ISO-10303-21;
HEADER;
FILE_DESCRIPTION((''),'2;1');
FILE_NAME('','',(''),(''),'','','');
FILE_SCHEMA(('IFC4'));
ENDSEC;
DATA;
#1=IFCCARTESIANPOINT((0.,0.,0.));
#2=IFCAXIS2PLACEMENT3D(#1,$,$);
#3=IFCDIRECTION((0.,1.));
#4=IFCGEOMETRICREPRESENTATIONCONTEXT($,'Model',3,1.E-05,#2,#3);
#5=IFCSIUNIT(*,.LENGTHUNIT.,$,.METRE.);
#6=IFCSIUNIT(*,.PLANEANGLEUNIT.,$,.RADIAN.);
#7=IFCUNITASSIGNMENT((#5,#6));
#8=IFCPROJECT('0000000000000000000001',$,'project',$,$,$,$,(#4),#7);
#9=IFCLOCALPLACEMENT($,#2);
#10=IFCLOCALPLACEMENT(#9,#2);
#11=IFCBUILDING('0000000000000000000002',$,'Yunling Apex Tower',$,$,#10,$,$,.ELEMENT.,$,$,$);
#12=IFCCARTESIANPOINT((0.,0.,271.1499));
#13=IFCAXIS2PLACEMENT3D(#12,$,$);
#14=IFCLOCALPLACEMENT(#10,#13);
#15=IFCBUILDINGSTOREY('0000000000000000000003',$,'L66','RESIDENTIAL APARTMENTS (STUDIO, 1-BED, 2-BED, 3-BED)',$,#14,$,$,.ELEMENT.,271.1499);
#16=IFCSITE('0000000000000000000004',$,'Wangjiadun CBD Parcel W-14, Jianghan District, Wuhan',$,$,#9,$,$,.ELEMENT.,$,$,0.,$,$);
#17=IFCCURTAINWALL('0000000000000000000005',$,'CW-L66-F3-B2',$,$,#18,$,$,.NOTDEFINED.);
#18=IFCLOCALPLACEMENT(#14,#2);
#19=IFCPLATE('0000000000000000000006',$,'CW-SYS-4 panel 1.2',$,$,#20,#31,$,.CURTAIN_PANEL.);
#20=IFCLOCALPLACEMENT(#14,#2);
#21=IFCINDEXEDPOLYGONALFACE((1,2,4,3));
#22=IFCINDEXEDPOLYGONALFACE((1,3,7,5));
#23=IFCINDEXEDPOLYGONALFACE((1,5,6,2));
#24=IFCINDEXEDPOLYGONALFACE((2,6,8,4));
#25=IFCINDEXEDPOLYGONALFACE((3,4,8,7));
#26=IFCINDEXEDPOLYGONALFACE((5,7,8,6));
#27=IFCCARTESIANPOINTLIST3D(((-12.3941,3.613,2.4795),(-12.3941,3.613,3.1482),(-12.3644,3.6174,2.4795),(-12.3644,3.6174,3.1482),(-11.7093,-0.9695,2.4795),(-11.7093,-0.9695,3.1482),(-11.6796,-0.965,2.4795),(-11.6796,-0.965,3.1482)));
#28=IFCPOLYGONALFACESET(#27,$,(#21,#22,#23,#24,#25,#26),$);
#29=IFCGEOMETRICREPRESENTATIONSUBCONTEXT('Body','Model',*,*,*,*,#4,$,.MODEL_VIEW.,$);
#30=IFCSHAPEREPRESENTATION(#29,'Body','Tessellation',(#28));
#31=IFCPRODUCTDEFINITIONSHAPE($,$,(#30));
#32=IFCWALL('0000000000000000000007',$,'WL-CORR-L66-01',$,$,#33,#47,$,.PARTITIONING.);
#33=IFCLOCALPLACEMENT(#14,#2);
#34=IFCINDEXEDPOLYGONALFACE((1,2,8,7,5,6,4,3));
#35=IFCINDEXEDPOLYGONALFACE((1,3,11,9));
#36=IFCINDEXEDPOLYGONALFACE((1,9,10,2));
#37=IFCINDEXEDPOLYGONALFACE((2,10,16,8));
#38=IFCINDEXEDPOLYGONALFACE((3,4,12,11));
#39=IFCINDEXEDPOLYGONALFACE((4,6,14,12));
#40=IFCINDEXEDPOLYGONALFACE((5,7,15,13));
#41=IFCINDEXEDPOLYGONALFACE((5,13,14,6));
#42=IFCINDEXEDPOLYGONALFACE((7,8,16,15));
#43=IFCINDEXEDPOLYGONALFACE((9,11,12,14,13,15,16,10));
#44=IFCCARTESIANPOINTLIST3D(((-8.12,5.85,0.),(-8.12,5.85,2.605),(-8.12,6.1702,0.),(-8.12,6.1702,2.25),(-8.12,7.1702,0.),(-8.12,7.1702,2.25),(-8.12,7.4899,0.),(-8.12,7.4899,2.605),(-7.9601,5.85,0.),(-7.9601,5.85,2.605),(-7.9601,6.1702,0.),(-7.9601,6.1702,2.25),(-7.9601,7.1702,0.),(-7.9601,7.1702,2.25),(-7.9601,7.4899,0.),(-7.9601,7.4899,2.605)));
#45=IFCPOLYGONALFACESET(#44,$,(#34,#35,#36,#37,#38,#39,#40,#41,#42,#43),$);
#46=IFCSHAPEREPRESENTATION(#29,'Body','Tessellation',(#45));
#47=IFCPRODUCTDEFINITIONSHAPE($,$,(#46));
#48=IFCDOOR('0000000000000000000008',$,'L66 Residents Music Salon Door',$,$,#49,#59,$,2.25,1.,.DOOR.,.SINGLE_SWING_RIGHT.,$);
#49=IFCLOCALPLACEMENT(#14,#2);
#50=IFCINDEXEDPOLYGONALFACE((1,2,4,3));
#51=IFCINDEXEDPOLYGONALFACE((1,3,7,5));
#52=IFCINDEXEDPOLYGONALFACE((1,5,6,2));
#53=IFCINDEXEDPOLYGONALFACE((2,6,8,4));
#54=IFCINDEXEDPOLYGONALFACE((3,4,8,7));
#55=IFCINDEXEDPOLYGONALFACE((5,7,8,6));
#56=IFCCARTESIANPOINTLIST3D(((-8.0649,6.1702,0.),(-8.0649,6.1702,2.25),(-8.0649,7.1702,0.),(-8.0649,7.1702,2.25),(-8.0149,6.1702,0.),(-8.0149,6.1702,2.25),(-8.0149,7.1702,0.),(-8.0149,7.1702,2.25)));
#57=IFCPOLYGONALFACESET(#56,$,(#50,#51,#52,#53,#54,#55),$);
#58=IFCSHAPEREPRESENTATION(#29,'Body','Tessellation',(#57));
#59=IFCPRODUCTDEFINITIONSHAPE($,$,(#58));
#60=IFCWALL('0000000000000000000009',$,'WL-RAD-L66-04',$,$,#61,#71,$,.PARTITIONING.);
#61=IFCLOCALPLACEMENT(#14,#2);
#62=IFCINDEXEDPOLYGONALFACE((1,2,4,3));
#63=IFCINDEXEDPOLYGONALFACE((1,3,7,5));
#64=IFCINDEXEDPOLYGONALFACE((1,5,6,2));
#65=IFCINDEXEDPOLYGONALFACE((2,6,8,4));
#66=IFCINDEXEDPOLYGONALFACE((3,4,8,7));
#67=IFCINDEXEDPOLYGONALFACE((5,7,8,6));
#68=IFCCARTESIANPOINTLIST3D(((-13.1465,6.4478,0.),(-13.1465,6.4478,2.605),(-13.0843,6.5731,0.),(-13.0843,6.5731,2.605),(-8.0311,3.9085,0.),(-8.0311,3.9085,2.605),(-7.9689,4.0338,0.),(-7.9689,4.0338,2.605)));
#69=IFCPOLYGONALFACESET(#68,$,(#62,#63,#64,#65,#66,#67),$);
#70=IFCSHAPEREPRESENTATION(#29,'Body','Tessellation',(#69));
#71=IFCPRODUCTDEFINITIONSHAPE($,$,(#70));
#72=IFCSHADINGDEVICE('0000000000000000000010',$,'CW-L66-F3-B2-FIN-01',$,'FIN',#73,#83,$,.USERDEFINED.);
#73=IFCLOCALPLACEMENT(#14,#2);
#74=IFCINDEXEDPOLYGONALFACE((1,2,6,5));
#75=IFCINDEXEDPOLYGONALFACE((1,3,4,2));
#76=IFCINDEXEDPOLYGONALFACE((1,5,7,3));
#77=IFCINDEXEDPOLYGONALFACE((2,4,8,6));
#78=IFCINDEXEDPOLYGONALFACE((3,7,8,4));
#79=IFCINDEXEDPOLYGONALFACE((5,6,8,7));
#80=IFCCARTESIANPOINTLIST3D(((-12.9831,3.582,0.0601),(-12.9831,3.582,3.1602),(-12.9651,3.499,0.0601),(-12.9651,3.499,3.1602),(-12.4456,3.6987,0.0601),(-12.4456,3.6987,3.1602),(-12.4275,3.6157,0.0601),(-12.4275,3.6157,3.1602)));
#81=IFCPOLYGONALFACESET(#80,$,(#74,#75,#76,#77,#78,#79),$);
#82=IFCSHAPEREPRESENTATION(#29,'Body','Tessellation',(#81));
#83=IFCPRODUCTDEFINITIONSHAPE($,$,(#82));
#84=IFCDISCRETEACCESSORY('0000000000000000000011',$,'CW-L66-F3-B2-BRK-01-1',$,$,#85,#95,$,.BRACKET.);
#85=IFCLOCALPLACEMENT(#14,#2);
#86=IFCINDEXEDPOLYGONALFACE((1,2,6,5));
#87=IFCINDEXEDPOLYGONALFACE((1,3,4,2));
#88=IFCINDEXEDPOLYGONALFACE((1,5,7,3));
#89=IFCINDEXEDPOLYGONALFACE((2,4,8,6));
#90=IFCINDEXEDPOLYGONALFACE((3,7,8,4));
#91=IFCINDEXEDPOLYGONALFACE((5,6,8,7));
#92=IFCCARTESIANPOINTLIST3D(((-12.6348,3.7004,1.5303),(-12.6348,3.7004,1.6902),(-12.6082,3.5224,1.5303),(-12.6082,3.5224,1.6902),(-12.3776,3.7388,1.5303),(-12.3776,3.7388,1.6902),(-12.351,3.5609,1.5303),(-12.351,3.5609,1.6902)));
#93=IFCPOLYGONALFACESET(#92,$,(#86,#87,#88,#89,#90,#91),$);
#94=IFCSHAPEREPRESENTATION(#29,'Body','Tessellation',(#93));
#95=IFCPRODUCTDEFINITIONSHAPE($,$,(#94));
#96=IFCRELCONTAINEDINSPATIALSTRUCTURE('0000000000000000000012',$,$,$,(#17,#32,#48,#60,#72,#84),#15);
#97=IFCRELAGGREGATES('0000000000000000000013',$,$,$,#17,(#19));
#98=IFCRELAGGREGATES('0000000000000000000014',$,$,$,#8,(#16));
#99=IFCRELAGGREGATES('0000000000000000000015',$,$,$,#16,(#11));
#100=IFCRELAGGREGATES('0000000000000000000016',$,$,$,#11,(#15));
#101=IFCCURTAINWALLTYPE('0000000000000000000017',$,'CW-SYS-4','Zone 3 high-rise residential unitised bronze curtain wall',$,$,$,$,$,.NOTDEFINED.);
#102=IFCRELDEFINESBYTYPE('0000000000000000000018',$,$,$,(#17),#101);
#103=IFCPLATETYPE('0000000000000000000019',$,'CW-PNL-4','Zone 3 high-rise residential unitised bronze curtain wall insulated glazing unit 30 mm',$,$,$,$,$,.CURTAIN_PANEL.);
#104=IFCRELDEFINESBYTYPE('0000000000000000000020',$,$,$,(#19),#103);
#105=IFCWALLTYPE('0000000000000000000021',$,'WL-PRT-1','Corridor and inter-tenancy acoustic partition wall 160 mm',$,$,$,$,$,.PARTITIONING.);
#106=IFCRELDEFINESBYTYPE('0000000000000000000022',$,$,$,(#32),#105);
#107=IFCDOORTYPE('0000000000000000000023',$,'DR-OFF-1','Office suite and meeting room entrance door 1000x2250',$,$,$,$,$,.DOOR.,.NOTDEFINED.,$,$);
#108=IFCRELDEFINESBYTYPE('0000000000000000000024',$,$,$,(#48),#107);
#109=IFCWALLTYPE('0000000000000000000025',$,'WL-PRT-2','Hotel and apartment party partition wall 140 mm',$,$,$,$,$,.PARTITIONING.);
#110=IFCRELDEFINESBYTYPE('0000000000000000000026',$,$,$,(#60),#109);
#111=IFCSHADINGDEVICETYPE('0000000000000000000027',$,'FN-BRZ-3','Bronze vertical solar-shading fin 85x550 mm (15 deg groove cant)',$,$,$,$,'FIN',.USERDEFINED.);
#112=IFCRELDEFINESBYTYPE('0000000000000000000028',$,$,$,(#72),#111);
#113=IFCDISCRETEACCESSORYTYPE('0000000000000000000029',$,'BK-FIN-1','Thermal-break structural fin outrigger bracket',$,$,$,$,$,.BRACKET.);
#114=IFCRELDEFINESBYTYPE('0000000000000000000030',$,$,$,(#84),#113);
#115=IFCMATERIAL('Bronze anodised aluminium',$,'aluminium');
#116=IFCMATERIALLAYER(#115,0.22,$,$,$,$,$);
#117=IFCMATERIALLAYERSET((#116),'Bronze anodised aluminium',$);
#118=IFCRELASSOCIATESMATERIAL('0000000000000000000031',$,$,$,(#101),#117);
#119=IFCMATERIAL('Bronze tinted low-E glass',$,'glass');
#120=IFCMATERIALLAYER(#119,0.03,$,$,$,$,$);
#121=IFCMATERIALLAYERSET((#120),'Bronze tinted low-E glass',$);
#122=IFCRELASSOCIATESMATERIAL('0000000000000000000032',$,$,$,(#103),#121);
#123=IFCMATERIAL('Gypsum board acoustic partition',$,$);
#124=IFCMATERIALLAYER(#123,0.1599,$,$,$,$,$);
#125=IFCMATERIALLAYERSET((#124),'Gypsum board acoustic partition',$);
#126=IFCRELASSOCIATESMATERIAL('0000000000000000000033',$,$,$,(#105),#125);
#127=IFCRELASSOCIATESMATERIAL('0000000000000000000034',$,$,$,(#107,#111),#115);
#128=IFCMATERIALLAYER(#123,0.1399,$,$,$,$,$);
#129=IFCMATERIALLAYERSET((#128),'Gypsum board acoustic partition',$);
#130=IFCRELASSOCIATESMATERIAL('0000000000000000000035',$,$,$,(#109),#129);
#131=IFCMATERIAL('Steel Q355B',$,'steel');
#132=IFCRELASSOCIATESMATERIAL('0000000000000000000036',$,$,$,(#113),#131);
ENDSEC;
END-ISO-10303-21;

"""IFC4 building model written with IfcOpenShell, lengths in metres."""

from ifc_helpers import new_model, si_unit, direction, frame, frame_2d, origin, origin_2d, place, context, subcontext, project, spatial, rectangle, extrude, source, transform, mapped, material, layer, layer_set, material_profile, profile_set, type_object, element, fill, aggregate, save


model = new_model("IFC4")

# Units and contexts
model_context = context("Model", 3, precision=1e-05, world=origin(), true_north=direction((0.0, 1.0)))
body_context = subcontext(model_context, "Body", "Model", "MODEL_VIEW")
ifc_project = project(units=[si_unit("LENGTHUNIT", "METRE"), si_unit("PLANEANGLEUNIT", "RADIAN")], contexts=[model_context])

# Site, building, storey
site_placement = place(None, origin())
site = spatial("IfcSite", under=ifc_project, at=site_placement, Name="Wangjiadun CBD Parcel W-14, Jianghan District, Wuhan", CompositionType="ELEMENT", RefElevation=0.0)
building_placement = place(site_placement, origin())
building = spatial("IfcBuilding", under=site, at=building_placement, Name="Yunling Apex Tower", CompositionType="ELEMENT")
storey_placement = place(building_placement, frame((0.0, 0.0, 271.1499)))
storey = spatial("IfcBuildingStorey", under=building, at=storey_placement, Name="L66", Description="RESIDENTIAL APARTMENTS (STUDIO, 1-BED, 2-BED, 3-BED)", CompositionType="ELEMENT", Elevation=271.1499)

# Shared definitions
ifc_material_1 = material(Name="Steel Q355B", Category="steel")

# Shared definitions
ifc_material_2 = material(Name="Bronze anodised aluminium", Category="aluminium")
ifc_layer_1 = layer(ifc_material_2, 0.22)
ifc_layer_set_1 = layer_set([ifc_layer_1], Name="Bronze anodised aluminium")
curtain_wall_type = type_object("IfcCurtainWallType", Name="CW-SYS-4", Description="Zone 3 high-rise residential unitised bronze curtain wall", PredefinedType="NOTDEFINED", material=ifc_layer_set_1)

# Curtain wall, plate
curtain_wall_1_placement = place(storey_placement, origin())
curtain_wall_1 = element("IfcCurtainWall", 1, at=curtain_wall_1_placement, inside=storey, type_object=curtain_wall_type, Name="CW-L66-F3-B2", PredefinedType="NOTDEFINED")
ifc_material_3 = material(Name="Bronze tinted low-E glass", Category="glass")
ifc_layer_2 = layer(ifc_material_3, 0.03)
ifc_layer_set_2 = layer_set([ifc_layer_2], Name="Bronze tinted low-E glass")
plate_type = type_object("IfcPlateType", Name="CW-PNL-4", Description="Zone 3 high-rise residential unitised bronze curtain wall insulated glazing unit 30 mm", PredefinedType="CURTAIN_PANEL", material=ifc_layer_set_2)
shared_shape_1 = source(origin(), body_context, "Body", "SweptSolid", [
    extrude(rectangle(XDim=4.6333, YDim=0.03, at=origin_2d()), origin(), (0.0, 0.0, 1.0), 0.6687),
])
plate_1_placement = place(storey_placement, frame((-12.0369, 1.324, 2.4795), z_axis=(0.0, 0.0, 1.0), x_axis=(0.147804, -0.989017, 0.0)))
plate_1 = element("IfcPlate", 2, at=plate_1_placement, type_object=plate_type, Name="CW-SYS-4 panel 1.2", PredefinedType="CURTAIN_PANEL", context=body_context, shape_type="MappedRepresentation", body=[
    mapped(shared_shape_1, transform((0.0, 0.0, 0.0), scale=1.0)),
])
aggregate(curtain_wall_1, [plate_1])

# Wall, opening, door
ifc_material_4 = material(Name="Gypsum board acoustic partition")
ifc_layer_3 = layer(ifc_material_4, 0.1599)
ifc_layer_set_3 = layer_set([ifc_layer_3], Name="Gypsum board acoustic partition")
wall_type_1 = type_object("IfcWallType", Name="WL-PRT-1", Description="Corridor and inter-tenancy acoustic partition wall 160 mm", PredefinedType="PARTITIONING", material=ifc_layer_set_3)
wall_1_placement = place(storey_placement, frame((-8.04, 5.8501, 0.0), z_axis=(0.0, 0.0, 1.0), x_axis=(0.0, 1.0, 0.0)))
wall_1 = element("IfcWall", 3, at=wall_1_placement, inside=storey, type_object=wall_type_1, Name="WL-CORR-L66-01", PredefinedType="PARTITIONING", context=body_context, shape_type="SweptSolid", body=[
    extrude(rectangle(XDim=1.6399, YDim=0.1599, at=frame_2d((0.8198, 0.0))), origin(), (0.0, 0.0, 1.0), 2.605),
])
opening_placement = place(wall_1_placement, frame((0.3201, 0.0, 0.0)))
opening = element("IfcOpeningElement", 4, at=opening_placement, cuts=wall_1, PredefinedType="OPENING", context=body_context, shape_type="SweptSolid", body=[
    extrude(rectangle(XDim=1.0, YDim=2.25, at=frame_2d((0.5, 1.125))), frame((0.0, 0.0898, 0.0), z_axis=(0.0, -1.0, 0.0), x_axis=(1.0, 0.0, 0.0)), (0.0, 0.0, 1.0), 0.1799),
])
door_type = type_object("IfcDoorType", Name="DR-OFF-1", Description="Office suite and meeting room entrance door 1000x2250", OperationType="NOTDEFINED", PredefinedType="DOOR", material=ifc_material_2)
door_placement = place(opening_placement, origin())
door = element("IfcDoor", 5, at=door_placement, inside=storey, type_object=door_type, Name="L66 Residents Music Salon Door", OperationType="SINGLE_SWING_RIGHT", OverallHeight=2.25, OverallWidth=1.0, PredefinedType="DOOR", context=body_context, shape_type="SweptSolid", body=[
    extrude(rectangle(XDim=1.0, YDim=2.25, at=frame_2d((0.5, 1.125))), frame((0.0, 0.0249, 0.0), z_axis=(0.0, -1.0, 0.0), x_axis=(1.0, 0.0, 0.0)), (0.0, 0.0, 1.0), 0.05),
])
fill(opening, door)

# Wall
ifc_layer_4 = layer(ifc_material_4, 0.1399)
ifc_layer_set_4 = layer_set([ifc_layer_4], Name="Gypsum board acoustic partition")
wall_type_2 = type_object("IfcWallType", Name="WL-PRT-2", Description="Hotel and apartment party partition wall 140 mm", PredefinedType="PARTITIONING", material=ifc_layer_set_4)
wall_2_placement = place(storey_placement, frame((-8.0, 3.9712, 0.0), z_axis=(0.0, 0.0, 1.0), x_axis=(-0.895714, 0.44463, 0.0)))
element("IfcWall", 6, at=wall_2_placement, inside=storey, type_object=wall_type_2, Name="WL-RAD-L66-04", PredefinedType="PARTITIONING", context=body_context, shape_type="SweptSolid", body=[
    extrude(rectangle(XDim=5.7109, YDim=0.1399, at=frame_2d((2.8555, 0.0))), origin(), (0.0, 0.0, 1.0), 2.605),
])

# Shading device
ifc_material_profile_1 = material_profile(ifc_material_2, rectangle(XDim=0.085, YDim=0.55, at=origin_2d()))
ifc_profile_set_1 = profile_set([ifc_material_profile_1], Name="Bronze anodised aluminium")
shading_device_type = type_object("IfcShadingDeviceType", Name="FN-BRZ-3", Description="Bronze vertical solar-shading fin 85x550 mm (15 deg groove cant)", ElementType="FIN", PredefinedType="USERDEFINED", material=ifc_profile_set_1)
shared_shape_2 = source(origin(), body_context, "Body", "SweptSolid", [
    extrude(rectangle(XDim=0.085, YDim=0.55, at=origin_2d()), origin(), (0.0, 0.0, 1.0), 3.1001),
])
shading_device_placement = place(storey_placement, frame((-12.7053, 3.5989, 0.0601), z_axis=(0.0, 0.0, 1.0), x_axis=(0.212178, -0.977231, 0.0)))
element("IfcShadingDevice", 7, at=shading_device_placement, inside=storey, type_object=shading_device_type, Name="CW-L66-F3-B2-FIN-01", ObjectType="FIN", PredefinedType="USERDEFINED", context=body_context, shape_type="MappedRepresentation", body=[
    mapped(shared_shape_2, transform((0.0, 0.0, 0.0), scale=1.0)),
])

# Discrete accessory
discrete_accessory_type = type_object("IfcDiscreteAccessoryType", Name="BK-FIN-1", Description="Thermal-break structural fin outrigger bracket", PredefinedType="BRACKET", material=ifc_material_1)
shared_shape_3 = source(origin(), body_context, "Body", "SweptSolid", [
    extrude(rectangle(XDim=0.1799, YDim=0.26, at=origin_2d()), origin(), (0.0, 0.0, 1.0), 0.1599),
])
discrete_accessory_placement = place(storey_placement, frame((-12.4929, 3.6306, 1.5303), z_axis=(0.0, 0.0, 1.0), x_axis=(0.147809, -0.989016, 0.0)))
element("IfcDiscreteAccessory", 8, at=discrete_accessory_placement, inside=storey, type_object=discrete_accessory_type, Name="CW-L66-F3-B2-BRK-01-1", PredefinedType="BRACKET", context=body_context, shape_type="MappedRepresentation", body=[
    mapped(shared_shape_3, transform((0.0, 0.0, 0.0), scale=1.0)),
])

save(model, "model.ifc")
